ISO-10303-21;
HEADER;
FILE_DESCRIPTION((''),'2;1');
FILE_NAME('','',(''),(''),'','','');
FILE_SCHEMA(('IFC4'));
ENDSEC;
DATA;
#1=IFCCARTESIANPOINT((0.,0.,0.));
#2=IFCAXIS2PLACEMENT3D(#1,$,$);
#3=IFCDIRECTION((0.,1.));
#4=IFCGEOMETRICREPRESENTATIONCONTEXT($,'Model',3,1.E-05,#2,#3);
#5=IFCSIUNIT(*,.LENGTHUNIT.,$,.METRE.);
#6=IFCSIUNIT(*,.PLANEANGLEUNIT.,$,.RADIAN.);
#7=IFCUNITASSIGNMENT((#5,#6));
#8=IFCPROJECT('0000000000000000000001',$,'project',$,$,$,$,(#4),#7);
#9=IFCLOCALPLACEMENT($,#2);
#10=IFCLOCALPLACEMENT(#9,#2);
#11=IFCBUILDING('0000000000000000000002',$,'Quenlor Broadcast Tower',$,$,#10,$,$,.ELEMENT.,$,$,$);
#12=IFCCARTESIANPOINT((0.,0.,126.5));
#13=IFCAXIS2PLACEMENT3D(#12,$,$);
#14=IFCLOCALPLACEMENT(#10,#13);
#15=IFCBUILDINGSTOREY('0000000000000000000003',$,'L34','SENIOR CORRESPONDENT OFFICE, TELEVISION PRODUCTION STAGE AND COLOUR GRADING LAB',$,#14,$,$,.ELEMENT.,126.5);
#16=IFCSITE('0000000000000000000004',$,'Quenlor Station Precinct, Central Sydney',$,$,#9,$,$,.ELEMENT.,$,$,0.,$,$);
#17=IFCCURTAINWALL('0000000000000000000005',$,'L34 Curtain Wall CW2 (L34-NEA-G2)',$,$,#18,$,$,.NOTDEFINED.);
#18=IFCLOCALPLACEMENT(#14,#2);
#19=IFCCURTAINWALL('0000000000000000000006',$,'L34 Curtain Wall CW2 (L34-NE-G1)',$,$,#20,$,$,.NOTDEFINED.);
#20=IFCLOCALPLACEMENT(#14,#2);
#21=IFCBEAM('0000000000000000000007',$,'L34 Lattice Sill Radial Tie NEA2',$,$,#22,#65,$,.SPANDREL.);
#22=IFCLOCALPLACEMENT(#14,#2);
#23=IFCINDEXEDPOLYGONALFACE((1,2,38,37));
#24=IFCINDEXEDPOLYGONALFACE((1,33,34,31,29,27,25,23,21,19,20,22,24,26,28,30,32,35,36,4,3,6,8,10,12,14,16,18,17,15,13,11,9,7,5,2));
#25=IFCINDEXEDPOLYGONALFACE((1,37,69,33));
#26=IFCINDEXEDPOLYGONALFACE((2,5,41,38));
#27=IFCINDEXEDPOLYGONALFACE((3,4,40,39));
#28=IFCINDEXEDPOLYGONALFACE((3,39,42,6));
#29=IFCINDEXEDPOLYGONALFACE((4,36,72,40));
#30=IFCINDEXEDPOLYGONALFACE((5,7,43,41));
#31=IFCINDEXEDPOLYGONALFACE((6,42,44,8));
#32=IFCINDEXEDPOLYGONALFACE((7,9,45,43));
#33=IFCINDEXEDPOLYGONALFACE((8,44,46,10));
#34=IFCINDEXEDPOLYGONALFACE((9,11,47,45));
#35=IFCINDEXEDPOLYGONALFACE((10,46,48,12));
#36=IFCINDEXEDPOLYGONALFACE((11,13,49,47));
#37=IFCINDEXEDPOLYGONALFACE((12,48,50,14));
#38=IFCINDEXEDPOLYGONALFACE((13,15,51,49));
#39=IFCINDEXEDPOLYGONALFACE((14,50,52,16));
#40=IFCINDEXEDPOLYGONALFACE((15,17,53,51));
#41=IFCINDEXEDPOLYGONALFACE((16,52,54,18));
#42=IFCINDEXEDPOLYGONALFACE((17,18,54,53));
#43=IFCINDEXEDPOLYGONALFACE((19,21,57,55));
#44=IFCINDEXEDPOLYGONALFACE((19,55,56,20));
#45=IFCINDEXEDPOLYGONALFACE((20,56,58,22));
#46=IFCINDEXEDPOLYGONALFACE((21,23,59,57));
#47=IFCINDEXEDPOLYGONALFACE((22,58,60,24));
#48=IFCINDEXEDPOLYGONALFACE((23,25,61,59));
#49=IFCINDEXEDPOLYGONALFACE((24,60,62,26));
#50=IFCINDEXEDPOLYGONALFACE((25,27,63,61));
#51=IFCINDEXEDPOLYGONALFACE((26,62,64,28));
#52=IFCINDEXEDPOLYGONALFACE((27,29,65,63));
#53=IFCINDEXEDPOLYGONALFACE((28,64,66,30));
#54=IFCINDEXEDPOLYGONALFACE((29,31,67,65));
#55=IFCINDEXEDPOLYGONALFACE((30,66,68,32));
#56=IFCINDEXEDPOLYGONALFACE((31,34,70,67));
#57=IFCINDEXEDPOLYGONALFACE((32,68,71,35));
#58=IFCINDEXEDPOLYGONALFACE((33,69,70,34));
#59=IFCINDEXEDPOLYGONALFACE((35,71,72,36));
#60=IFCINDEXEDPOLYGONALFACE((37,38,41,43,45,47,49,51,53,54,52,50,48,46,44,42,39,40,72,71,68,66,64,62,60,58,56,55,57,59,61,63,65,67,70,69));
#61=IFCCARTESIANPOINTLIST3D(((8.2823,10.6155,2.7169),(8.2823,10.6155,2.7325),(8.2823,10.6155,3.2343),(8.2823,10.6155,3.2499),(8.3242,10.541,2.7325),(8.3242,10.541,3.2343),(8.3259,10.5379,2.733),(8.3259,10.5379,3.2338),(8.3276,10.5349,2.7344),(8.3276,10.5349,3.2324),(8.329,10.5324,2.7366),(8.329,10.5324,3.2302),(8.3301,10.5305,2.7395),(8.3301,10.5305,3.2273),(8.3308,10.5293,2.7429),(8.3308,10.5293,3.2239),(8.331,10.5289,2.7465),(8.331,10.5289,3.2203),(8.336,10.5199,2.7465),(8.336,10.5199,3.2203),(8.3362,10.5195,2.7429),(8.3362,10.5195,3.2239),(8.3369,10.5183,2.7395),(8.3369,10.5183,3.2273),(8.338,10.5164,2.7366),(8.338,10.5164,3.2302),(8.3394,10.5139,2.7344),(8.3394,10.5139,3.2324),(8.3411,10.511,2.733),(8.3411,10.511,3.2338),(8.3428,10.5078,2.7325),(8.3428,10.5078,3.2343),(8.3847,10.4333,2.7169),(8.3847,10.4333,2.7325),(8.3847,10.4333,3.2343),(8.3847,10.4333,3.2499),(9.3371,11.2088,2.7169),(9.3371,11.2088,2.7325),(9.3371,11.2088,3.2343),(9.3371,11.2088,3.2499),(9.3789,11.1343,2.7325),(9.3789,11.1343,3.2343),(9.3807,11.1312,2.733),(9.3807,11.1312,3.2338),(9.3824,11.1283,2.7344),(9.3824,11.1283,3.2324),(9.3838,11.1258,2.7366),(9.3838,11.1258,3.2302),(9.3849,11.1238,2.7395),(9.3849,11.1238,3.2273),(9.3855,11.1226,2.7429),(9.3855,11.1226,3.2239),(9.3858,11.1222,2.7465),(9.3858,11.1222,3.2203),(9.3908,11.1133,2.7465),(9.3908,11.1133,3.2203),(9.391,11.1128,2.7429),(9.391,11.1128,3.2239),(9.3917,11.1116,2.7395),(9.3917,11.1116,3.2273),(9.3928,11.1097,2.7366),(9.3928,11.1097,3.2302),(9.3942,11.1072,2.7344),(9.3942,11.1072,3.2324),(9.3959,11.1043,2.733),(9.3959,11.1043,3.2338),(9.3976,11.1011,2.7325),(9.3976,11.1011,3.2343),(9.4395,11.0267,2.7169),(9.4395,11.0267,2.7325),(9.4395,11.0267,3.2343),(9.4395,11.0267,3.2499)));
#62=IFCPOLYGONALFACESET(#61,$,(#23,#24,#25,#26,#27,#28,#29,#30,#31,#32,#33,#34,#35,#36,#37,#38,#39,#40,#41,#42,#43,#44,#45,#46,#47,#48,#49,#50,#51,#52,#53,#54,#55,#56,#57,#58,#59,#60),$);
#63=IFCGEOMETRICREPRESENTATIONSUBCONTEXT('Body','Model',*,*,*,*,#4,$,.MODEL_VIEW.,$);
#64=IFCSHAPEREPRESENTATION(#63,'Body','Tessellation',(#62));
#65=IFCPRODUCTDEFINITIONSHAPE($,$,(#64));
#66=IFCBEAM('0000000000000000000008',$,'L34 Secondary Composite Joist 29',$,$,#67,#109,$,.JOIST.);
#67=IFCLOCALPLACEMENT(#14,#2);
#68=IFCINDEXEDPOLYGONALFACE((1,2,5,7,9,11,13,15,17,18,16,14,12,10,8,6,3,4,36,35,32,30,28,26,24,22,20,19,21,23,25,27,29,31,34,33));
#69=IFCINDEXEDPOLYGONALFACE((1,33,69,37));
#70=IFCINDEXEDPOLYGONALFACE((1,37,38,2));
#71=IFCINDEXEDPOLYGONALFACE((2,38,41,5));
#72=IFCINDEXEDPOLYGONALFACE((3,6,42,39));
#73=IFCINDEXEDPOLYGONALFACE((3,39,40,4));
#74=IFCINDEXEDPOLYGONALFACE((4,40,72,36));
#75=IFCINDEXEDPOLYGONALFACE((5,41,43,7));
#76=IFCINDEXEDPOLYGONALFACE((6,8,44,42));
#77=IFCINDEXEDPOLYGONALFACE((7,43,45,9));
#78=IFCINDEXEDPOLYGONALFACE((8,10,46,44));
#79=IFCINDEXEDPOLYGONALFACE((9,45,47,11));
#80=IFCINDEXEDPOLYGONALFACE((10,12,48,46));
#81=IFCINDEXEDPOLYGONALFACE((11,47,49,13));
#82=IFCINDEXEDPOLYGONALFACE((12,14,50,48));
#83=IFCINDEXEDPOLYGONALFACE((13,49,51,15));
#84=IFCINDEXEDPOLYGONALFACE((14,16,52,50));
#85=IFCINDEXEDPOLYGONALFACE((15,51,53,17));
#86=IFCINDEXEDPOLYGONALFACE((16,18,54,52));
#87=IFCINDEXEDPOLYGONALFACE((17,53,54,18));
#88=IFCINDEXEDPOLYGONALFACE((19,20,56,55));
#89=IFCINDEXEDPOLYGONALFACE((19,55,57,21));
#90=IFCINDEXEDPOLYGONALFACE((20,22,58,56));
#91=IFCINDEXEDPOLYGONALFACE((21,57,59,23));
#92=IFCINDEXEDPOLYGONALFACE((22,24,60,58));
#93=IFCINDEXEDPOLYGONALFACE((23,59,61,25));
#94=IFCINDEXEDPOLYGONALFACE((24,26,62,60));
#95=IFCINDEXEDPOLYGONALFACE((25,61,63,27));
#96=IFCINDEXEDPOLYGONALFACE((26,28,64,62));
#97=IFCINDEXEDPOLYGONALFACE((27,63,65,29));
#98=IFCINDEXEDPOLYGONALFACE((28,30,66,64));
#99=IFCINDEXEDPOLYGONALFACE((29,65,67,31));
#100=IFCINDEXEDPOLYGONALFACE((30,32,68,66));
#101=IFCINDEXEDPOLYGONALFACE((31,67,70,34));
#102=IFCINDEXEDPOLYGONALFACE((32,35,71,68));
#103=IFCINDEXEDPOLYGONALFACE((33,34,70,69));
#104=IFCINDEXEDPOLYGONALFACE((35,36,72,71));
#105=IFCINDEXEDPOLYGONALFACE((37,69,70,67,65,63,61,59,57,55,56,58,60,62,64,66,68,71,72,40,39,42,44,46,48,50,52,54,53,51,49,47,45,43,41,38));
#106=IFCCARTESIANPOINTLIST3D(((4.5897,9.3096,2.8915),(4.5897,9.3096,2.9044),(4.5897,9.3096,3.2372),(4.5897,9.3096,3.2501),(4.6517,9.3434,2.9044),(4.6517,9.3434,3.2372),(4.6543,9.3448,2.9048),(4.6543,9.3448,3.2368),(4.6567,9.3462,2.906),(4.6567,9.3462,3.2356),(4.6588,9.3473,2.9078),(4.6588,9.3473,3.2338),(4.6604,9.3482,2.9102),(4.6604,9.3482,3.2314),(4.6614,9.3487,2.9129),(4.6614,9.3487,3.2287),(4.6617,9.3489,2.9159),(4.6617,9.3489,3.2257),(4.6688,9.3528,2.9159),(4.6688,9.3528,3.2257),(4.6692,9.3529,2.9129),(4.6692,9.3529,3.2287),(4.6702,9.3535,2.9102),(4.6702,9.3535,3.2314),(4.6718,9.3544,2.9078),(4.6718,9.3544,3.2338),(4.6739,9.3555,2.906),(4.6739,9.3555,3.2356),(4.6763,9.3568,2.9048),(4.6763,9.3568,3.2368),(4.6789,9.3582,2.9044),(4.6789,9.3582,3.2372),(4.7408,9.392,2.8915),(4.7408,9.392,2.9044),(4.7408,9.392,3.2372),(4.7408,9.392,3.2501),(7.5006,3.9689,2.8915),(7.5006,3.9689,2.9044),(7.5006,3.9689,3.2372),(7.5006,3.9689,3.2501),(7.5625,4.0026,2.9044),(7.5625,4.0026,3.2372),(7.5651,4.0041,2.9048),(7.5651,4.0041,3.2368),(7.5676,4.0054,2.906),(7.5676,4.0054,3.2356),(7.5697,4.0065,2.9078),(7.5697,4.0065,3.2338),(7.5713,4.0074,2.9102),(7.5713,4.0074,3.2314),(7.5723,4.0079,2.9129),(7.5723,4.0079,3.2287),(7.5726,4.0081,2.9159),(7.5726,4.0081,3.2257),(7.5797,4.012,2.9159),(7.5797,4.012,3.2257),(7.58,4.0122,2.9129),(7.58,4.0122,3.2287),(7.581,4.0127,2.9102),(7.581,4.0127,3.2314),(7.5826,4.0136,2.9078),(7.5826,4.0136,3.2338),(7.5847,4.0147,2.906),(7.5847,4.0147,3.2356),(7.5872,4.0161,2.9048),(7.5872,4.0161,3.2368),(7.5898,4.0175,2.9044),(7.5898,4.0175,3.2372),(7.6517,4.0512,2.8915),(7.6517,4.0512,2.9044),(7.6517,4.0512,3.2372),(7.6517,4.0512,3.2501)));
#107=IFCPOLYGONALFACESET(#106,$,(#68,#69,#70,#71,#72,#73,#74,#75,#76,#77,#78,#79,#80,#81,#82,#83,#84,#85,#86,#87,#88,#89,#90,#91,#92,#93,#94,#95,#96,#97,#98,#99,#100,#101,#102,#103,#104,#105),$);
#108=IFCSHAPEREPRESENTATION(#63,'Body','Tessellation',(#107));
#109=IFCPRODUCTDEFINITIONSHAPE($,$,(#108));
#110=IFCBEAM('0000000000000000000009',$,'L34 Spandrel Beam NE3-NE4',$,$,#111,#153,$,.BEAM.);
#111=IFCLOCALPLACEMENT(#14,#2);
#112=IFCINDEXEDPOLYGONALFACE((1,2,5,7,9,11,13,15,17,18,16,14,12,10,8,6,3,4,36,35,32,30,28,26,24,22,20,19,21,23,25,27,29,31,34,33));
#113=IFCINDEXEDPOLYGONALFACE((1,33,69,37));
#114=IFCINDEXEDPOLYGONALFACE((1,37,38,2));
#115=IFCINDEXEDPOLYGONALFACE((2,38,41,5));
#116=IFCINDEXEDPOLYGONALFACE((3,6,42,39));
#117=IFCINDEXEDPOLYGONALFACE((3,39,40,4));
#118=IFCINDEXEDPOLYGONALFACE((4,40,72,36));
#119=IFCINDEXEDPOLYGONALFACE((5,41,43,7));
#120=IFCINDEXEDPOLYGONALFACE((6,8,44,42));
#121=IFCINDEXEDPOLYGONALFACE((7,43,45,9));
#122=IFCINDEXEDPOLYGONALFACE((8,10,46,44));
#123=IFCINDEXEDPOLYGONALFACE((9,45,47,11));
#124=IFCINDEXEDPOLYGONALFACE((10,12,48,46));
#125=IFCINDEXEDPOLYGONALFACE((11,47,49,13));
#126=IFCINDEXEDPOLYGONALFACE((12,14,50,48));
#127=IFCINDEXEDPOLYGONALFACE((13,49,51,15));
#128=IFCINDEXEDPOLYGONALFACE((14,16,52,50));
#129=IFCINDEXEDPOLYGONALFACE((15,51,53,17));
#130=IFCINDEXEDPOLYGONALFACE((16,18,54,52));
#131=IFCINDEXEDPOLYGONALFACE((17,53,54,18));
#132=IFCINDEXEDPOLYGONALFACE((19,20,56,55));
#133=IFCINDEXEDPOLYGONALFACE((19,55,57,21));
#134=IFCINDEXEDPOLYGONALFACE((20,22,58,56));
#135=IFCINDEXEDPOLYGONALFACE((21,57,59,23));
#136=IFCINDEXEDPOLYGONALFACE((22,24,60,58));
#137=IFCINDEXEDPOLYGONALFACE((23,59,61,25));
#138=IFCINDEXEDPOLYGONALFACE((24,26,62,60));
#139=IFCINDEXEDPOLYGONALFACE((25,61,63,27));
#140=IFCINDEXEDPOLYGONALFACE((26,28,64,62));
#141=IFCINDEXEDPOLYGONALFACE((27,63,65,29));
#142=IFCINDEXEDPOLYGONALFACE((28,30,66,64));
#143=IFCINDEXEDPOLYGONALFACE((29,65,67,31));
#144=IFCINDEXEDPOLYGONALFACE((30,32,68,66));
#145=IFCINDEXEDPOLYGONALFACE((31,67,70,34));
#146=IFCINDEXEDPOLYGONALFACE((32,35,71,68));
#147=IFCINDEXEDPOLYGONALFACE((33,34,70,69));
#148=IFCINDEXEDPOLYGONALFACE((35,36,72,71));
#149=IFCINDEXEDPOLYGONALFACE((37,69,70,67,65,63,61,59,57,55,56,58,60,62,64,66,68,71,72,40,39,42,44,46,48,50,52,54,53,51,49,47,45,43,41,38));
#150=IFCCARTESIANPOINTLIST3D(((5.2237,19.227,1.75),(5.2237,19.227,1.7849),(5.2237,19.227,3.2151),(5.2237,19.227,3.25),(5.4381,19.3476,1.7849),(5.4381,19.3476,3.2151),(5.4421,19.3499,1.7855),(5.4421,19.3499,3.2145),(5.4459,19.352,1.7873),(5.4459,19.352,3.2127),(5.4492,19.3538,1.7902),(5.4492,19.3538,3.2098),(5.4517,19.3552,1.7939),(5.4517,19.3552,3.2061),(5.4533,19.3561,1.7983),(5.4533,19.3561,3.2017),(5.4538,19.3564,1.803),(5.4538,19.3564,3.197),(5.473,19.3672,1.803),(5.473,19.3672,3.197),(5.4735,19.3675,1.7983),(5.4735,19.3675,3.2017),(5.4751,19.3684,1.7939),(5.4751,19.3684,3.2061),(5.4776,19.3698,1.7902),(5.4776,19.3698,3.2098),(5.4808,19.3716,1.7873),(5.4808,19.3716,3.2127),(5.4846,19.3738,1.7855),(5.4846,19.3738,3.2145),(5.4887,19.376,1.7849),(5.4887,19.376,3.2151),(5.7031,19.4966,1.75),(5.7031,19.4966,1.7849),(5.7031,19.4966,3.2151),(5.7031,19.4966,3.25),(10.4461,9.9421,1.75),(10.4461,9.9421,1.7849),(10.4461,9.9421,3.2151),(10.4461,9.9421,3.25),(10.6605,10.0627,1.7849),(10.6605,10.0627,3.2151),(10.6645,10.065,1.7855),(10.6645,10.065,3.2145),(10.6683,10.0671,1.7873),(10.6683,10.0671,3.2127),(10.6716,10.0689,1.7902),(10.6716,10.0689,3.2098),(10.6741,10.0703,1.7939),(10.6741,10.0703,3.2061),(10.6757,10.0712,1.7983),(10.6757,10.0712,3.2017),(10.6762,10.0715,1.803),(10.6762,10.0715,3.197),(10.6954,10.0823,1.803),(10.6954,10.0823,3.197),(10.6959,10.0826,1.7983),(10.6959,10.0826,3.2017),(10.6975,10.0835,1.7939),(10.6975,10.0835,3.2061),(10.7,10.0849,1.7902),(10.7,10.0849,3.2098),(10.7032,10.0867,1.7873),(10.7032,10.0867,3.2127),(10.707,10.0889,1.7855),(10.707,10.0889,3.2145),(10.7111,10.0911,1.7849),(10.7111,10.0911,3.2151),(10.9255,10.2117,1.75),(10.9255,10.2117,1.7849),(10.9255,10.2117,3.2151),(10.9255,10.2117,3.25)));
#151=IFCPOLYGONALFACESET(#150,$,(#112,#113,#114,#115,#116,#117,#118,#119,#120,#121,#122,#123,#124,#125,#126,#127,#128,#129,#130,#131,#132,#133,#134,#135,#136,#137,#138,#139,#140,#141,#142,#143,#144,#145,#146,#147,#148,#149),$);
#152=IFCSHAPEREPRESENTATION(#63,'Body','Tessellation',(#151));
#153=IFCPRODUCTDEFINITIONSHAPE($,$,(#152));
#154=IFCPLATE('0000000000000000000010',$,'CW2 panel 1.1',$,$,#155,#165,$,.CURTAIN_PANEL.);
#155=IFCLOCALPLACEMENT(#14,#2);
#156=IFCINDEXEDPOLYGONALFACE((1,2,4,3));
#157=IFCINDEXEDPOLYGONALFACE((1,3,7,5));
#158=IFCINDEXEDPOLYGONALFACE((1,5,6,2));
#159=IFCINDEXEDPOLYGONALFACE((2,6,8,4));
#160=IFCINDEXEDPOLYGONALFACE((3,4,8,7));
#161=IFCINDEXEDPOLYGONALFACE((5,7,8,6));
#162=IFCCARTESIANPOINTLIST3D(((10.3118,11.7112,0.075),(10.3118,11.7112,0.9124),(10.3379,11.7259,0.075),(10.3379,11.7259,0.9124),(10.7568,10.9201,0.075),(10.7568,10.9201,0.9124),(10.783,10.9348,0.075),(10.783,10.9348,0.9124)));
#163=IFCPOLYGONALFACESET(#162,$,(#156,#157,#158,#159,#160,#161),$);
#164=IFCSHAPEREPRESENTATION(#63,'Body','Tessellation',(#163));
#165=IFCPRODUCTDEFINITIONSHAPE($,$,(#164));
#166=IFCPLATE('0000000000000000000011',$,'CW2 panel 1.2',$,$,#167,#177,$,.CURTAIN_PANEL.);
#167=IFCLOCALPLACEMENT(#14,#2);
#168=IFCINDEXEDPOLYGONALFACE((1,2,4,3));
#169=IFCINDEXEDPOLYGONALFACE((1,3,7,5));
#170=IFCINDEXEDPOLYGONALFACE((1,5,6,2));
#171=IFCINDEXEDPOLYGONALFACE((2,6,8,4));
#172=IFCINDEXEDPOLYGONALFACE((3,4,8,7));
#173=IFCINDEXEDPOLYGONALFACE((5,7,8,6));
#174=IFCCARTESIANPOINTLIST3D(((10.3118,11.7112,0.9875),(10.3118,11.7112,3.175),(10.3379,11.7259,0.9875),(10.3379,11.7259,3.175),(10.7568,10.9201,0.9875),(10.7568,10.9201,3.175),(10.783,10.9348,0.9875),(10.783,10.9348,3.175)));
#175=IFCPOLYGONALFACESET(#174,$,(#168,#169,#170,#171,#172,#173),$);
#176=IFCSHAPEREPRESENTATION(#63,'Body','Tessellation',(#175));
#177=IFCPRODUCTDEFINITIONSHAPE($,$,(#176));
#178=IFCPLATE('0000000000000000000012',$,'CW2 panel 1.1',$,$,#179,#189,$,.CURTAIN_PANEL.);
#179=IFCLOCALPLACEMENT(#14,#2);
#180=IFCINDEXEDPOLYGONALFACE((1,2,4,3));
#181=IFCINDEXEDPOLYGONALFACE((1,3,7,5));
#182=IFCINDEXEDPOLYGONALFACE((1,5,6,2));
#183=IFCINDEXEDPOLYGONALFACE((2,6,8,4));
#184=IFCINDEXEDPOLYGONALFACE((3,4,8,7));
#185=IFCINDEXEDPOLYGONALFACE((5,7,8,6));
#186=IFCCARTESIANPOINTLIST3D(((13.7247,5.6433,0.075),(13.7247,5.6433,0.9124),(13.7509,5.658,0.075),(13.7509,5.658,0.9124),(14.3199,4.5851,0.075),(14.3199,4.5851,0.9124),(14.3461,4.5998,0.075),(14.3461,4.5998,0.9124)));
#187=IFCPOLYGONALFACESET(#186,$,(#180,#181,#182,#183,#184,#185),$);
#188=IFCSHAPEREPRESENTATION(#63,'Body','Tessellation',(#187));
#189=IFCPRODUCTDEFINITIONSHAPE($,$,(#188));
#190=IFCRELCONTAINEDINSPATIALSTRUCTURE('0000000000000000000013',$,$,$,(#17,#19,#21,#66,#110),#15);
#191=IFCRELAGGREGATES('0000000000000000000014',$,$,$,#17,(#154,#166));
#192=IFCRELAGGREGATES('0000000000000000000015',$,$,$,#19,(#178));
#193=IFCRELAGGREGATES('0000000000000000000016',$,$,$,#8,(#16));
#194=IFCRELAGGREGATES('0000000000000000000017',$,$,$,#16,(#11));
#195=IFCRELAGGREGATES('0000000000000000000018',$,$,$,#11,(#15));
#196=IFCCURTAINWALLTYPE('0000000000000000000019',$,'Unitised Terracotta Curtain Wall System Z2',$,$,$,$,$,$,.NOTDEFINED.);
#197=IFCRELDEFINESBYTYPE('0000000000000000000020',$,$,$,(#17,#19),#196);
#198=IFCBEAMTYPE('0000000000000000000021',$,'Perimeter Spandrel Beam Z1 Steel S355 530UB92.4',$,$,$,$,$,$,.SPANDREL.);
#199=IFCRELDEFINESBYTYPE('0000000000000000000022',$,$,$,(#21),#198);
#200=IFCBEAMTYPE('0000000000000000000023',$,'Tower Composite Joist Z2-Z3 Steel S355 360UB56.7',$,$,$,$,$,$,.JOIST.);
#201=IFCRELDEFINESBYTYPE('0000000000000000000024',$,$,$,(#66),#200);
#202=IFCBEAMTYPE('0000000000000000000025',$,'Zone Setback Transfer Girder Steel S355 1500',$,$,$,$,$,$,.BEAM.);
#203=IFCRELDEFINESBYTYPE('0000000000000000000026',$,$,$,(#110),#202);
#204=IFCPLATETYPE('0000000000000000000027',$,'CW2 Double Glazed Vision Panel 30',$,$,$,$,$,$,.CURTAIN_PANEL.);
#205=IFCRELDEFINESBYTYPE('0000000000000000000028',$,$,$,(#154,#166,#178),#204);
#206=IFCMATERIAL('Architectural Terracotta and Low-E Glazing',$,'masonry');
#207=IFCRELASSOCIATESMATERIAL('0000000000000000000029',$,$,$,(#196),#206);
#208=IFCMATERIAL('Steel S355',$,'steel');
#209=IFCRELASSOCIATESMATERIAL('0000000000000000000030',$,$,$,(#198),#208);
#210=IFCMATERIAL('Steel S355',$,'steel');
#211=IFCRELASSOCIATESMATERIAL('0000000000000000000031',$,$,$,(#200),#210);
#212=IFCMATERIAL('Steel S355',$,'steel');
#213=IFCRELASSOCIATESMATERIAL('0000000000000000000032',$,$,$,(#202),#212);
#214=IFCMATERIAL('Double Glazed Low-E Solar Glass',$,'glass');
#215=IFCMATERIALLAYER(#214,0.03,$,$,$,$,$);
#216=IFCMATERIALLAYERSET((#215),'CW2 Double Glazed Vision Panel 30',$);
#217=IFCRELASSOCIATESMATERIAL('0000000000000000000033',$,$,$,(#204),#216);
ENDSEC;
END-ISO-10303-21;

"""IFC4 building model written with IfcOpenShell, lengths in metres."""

from ifc_helpers import new_model, si_unit, direction, frame, origin, origin_2d, place, context, subcontext, project, spatial, rectangle, i_section, extrude, material, layer, layer_set, material_profile, profile_set, type_object, element, aggregate, save


model = new_model("IFC4")

# Units and contexts
model_context = context("Model", 3, precision=1e-05, world=origin(), true_north=direction((0.0, 1.0)))
body_context = subcontext(model_context, "Body", "Model", "MODEL_VIEW")
ifc_project = project(units=[si_unit("LENGTHUNIT", "METRE"), si_unit("PLANEANGLEUNIT", "RADIAN")], contexts=[model_context])

# Site, building, storey
site_placement = place(None, origin())
site = spatial("IfcSite", under=ifc_project, at=site_placement, Name="Quenlor Station Precinct, Central Sydney", CompositionType="ELEMENT", RefElevation=0.0)
building_placement = place(site_placement, origin())
building = spatial("IfcBuilding", under=site, at=building_placement, Name="Quenlor Broadcast Tower", CompositionType="ELEMENT")
storey_placement = place(building_placement, frame((0.0, 0.0, 126.5)))
storey = spatial("IfcBuildingStorey", under=building, at=storey_placement, Name="L34", Description="SENIOR CORRESPONDENT OFFICE, TELEVISION PRODUCTION STAGE AND COLOUR GRADING LAB", CompositionType="ELEMENT", Elevation=126.5)

# Curtain wall
ifc_material_1 = material(Name="Architectural Terracotta and Low-E Glazing", Category="masonry")
curtain_wall_type = type_object("IfcCurtainWallType", Name="Unitised Terracotta Curtain Wall System Z2", PredefinedType="NOTDEFINED", material=ifc_material_1)
curtain_wall_1_placement = place(storey_placement, origin())
curtain_wall_1 = element("IfcCurtainWall", 1, at=curtain_wall_1_placement, inside=storey, type_object=curtain_wall_type, Name="L34 Curtain Wall CW2 (L34-NEA-G2)", PredefinedType="NOTDEFINED")

# Curtain wall
curtain_wall_2_placement = place(storey_placement, origin())
curtain_wall_2 = element("IfcCurtainWall", 2, at=curtain_wall_2_placement, inside=storey, type_object=curtain_wall_type, Name="L34 Curtain Wall CW2 (L34-NE-G1)", PredefinedType="NOTDEFINED")

# Beams
ifc_material_2 = material(Name="Steel S355", Category="steel")
ifc_material_profile_1 = material_profile(ifc_material_2, i_section(OverallWidth=0.209, OverallDepth=0.533, WebThickness=0.0103, FlangeThickness=0.0156, FilletRadius=0.0139, at=origin_2d()))
ifc_profile_set_1 = profile_set([ifc_material_profile_1], Name="Steel S355 530UB92.4")
beam_type_1 = type_object("IfcBeamType", Name="Perimeter Spandrel Beam Z1 Steel S355 530UB92.4", PredefinedType="SPANDREL", material=ifc_profile_set_1)
beam_1_placement = place(storey_placement, frame((8.3335, 10.5244, 2.9834), z_axis=(0.871576, 0.490261, 0.0), x_axis=(-0.490261, 0.871576, 0.0)))
element("IfcBeam", 3, at=beam_1_placement, inside=storey, type_object=beam_type_1, Name="L34 Lattice Sill Radial Tie NEA2", PredefinedType="SPANDREL", context=body_context, shape_type="SweptSolid", body=[
    extrude(i_section(OverallWidth=0.209, OverallDepth=0.533, WebThickness=0.0103, FlangeThickness=0.0156, FilletRadius=0.0139, at=origin_2d()), origin(), (0.0, 0.0, 1.0), 1.2102),
])
ifc_material_3 = material(Name="Steel S355", Category="steel")
ifc_material_profile_2 = material_profile(ifc_material_3, i_section(OverallWidth=0.1721, OverallDepth=0.3586, WebThickness=0.0081, FlangeThickness=0.0129, FilletRadius=0.0115, at=origin_2d()))
ifc_profile_set_2 = profile_set([ifc_material_profile_2], Name="Steel S355 360UB56.7")
beam_type_2 = type_object("IfcBeamType", Name="Tower Composite Joist Z2-Z3 Steel S355 360UB56.7", PredefinedType="JOIST", material=ifc_profile_set_2)
beam_2_placement = place(storey_placement, frame((4.6653, 9.3508, 3.0708), z_axis=(0.478562, -0.878054, 0.0), x_axis=(0.878054, 0.478562, 0.0)))
element("IfcBeam", 4, at=beam_2_placement, inside=storey, type_object=beam_type_2, Name="L34 Secondary Composite Joist 29", PredefinedType="JOIST", context=body_context, shape_type="SweptSolid", body=[
    extrude(i_section(OverallWidth=0.1721, OverallDepth=0.3586, WebThickness=0.0081, FlangeThickness=0.0129, FilletRadius=0.0115, at=origin_2d()), origin(), (0.0, 0.0, 1.0), 6.0825),
])
ifc_material_4 = material(Name="Steel S355", Category="steel")
ifc_material_profile_3 = material_profile(ifc_material_4, i_section(OverallWidth=0.55, OverallDepth=1.5, WebThickness=0.022, FlangeThickness=0.0349, FilletRadius=0.0181, at=origin_2d()))
ifc_profile_set_3 = profile_set([ifc_material_profile_3], Name="Steel S355 1500TG510")
beam_type_3 = type_object("IfcBeamType", Name="Zone Setback Transfer Girder Steel S355 1500", PredefinedType="BEAM", material=ifc_profile_set_3)
beam_3_placement = place(storey_placement, frame((10.6858, 10.0769, 2.5), z_axis=(-0.490236, 0.87159, 0.0), x_axis=(-0.87159, -0.490236, 0.0)))
element("IfcBeam", 5, at=beam_3_placement, inside=storey, type_object=beam_type_3, Name="L34 Spandrel Beam NE3-NE4", PredefinedType="BEAM", context=body_context, shape_type="SweptSolid", body=[
    extrude(i_section(OverallWidth=0.55, OverallDepth=1.5, WebThickness=0.022, FlangeThickness=0.0349, FilletRadius=0.0181, at=origin_2d()), origin(), (0.0, 0.0, 1.0), 10.6528),
])

# Plates
ifc_material_5 = material(Name="Double Glazed Low-E Solar Glass", Category="glass")
ifc_layer_1 = layer(ifc_material_5, 0.03)
ifc_layer_set_1 = layer_set([ifc_layer_1], Name="CW2 Double Glazed Vision Panel 30")
plate_type_1 = type_object("IfcPlateType", Name="CW2 Double Glazed Vision Panel 30", PredefinedType="CURTAIN_PANEL", material=ifc_layer_set_1)
plate_1_placement = place(storey_placement, frame((10.5474, 11.323, 0.075), z_axis=(0.0, 0.0, 1.0), x_axis=(0.490252, -0.871581, 0.0)))
plate_1 = element("IfcPlate", 6, at=plate_1_placement, type_object=plate_type_1, Name="CW2 panel 1.1", PredefinedType="CURTAIN_PANEL", context=body_context, shape_type="SweptSolid", body=[
    extrude(rectangle(XDim=0.9077, YDim=0.03, at=origin_2d()), origin(), (0.0, 0.0, 1.0), 0.8374),
])
plate_2_placement = place(storey_placement, frame((10.5474, 11.323, 0.9875), z_axis=(0.0, 0.0, 1.0), x_axis=(0.490252, -0.871581, 0.0)))
plate_2 = element("IfcPlate", 7, at=plate_2_placement, type_object=plate_type_1, Name="CW2 panel 1.2", PredefinedType="CURTAIN_PANEL", context=body_context, shape_type="SweptSolid", body=[
    extrude(rectangle(XDim=0.9077, YDim=0.03, at=origin_2d()), origin(), (0.0, 0.0, 1.0), 2.1875),
])
aggregate(curtain_wall_1, [plate_1, plate_2])
plate_3_placement = place(storey_placement, frame((14.0354, 5.1216, 0.075), z_axis=(0.0, 0.0, 1.0), x_axis=(0.490254, -0.871579, 0.0)))
plate_3 = element("IfcPlate", 8, at=plate_3_placement, type_object=plate_type_1, Name="CW2 panel 1.1", PredefinedType="CURTAIN_PANEL", context=body_context, shape_type="SweptSolid", body=[
    extrude(rectangle(XDim=1.2141, YDim=0.03, at=origin_2d()), origin(), (0.0, 0.0, 1.0), 0.8374),
])
aggregate(curtain_wall_2, [plate_3])

save(model, "model.ifc")
